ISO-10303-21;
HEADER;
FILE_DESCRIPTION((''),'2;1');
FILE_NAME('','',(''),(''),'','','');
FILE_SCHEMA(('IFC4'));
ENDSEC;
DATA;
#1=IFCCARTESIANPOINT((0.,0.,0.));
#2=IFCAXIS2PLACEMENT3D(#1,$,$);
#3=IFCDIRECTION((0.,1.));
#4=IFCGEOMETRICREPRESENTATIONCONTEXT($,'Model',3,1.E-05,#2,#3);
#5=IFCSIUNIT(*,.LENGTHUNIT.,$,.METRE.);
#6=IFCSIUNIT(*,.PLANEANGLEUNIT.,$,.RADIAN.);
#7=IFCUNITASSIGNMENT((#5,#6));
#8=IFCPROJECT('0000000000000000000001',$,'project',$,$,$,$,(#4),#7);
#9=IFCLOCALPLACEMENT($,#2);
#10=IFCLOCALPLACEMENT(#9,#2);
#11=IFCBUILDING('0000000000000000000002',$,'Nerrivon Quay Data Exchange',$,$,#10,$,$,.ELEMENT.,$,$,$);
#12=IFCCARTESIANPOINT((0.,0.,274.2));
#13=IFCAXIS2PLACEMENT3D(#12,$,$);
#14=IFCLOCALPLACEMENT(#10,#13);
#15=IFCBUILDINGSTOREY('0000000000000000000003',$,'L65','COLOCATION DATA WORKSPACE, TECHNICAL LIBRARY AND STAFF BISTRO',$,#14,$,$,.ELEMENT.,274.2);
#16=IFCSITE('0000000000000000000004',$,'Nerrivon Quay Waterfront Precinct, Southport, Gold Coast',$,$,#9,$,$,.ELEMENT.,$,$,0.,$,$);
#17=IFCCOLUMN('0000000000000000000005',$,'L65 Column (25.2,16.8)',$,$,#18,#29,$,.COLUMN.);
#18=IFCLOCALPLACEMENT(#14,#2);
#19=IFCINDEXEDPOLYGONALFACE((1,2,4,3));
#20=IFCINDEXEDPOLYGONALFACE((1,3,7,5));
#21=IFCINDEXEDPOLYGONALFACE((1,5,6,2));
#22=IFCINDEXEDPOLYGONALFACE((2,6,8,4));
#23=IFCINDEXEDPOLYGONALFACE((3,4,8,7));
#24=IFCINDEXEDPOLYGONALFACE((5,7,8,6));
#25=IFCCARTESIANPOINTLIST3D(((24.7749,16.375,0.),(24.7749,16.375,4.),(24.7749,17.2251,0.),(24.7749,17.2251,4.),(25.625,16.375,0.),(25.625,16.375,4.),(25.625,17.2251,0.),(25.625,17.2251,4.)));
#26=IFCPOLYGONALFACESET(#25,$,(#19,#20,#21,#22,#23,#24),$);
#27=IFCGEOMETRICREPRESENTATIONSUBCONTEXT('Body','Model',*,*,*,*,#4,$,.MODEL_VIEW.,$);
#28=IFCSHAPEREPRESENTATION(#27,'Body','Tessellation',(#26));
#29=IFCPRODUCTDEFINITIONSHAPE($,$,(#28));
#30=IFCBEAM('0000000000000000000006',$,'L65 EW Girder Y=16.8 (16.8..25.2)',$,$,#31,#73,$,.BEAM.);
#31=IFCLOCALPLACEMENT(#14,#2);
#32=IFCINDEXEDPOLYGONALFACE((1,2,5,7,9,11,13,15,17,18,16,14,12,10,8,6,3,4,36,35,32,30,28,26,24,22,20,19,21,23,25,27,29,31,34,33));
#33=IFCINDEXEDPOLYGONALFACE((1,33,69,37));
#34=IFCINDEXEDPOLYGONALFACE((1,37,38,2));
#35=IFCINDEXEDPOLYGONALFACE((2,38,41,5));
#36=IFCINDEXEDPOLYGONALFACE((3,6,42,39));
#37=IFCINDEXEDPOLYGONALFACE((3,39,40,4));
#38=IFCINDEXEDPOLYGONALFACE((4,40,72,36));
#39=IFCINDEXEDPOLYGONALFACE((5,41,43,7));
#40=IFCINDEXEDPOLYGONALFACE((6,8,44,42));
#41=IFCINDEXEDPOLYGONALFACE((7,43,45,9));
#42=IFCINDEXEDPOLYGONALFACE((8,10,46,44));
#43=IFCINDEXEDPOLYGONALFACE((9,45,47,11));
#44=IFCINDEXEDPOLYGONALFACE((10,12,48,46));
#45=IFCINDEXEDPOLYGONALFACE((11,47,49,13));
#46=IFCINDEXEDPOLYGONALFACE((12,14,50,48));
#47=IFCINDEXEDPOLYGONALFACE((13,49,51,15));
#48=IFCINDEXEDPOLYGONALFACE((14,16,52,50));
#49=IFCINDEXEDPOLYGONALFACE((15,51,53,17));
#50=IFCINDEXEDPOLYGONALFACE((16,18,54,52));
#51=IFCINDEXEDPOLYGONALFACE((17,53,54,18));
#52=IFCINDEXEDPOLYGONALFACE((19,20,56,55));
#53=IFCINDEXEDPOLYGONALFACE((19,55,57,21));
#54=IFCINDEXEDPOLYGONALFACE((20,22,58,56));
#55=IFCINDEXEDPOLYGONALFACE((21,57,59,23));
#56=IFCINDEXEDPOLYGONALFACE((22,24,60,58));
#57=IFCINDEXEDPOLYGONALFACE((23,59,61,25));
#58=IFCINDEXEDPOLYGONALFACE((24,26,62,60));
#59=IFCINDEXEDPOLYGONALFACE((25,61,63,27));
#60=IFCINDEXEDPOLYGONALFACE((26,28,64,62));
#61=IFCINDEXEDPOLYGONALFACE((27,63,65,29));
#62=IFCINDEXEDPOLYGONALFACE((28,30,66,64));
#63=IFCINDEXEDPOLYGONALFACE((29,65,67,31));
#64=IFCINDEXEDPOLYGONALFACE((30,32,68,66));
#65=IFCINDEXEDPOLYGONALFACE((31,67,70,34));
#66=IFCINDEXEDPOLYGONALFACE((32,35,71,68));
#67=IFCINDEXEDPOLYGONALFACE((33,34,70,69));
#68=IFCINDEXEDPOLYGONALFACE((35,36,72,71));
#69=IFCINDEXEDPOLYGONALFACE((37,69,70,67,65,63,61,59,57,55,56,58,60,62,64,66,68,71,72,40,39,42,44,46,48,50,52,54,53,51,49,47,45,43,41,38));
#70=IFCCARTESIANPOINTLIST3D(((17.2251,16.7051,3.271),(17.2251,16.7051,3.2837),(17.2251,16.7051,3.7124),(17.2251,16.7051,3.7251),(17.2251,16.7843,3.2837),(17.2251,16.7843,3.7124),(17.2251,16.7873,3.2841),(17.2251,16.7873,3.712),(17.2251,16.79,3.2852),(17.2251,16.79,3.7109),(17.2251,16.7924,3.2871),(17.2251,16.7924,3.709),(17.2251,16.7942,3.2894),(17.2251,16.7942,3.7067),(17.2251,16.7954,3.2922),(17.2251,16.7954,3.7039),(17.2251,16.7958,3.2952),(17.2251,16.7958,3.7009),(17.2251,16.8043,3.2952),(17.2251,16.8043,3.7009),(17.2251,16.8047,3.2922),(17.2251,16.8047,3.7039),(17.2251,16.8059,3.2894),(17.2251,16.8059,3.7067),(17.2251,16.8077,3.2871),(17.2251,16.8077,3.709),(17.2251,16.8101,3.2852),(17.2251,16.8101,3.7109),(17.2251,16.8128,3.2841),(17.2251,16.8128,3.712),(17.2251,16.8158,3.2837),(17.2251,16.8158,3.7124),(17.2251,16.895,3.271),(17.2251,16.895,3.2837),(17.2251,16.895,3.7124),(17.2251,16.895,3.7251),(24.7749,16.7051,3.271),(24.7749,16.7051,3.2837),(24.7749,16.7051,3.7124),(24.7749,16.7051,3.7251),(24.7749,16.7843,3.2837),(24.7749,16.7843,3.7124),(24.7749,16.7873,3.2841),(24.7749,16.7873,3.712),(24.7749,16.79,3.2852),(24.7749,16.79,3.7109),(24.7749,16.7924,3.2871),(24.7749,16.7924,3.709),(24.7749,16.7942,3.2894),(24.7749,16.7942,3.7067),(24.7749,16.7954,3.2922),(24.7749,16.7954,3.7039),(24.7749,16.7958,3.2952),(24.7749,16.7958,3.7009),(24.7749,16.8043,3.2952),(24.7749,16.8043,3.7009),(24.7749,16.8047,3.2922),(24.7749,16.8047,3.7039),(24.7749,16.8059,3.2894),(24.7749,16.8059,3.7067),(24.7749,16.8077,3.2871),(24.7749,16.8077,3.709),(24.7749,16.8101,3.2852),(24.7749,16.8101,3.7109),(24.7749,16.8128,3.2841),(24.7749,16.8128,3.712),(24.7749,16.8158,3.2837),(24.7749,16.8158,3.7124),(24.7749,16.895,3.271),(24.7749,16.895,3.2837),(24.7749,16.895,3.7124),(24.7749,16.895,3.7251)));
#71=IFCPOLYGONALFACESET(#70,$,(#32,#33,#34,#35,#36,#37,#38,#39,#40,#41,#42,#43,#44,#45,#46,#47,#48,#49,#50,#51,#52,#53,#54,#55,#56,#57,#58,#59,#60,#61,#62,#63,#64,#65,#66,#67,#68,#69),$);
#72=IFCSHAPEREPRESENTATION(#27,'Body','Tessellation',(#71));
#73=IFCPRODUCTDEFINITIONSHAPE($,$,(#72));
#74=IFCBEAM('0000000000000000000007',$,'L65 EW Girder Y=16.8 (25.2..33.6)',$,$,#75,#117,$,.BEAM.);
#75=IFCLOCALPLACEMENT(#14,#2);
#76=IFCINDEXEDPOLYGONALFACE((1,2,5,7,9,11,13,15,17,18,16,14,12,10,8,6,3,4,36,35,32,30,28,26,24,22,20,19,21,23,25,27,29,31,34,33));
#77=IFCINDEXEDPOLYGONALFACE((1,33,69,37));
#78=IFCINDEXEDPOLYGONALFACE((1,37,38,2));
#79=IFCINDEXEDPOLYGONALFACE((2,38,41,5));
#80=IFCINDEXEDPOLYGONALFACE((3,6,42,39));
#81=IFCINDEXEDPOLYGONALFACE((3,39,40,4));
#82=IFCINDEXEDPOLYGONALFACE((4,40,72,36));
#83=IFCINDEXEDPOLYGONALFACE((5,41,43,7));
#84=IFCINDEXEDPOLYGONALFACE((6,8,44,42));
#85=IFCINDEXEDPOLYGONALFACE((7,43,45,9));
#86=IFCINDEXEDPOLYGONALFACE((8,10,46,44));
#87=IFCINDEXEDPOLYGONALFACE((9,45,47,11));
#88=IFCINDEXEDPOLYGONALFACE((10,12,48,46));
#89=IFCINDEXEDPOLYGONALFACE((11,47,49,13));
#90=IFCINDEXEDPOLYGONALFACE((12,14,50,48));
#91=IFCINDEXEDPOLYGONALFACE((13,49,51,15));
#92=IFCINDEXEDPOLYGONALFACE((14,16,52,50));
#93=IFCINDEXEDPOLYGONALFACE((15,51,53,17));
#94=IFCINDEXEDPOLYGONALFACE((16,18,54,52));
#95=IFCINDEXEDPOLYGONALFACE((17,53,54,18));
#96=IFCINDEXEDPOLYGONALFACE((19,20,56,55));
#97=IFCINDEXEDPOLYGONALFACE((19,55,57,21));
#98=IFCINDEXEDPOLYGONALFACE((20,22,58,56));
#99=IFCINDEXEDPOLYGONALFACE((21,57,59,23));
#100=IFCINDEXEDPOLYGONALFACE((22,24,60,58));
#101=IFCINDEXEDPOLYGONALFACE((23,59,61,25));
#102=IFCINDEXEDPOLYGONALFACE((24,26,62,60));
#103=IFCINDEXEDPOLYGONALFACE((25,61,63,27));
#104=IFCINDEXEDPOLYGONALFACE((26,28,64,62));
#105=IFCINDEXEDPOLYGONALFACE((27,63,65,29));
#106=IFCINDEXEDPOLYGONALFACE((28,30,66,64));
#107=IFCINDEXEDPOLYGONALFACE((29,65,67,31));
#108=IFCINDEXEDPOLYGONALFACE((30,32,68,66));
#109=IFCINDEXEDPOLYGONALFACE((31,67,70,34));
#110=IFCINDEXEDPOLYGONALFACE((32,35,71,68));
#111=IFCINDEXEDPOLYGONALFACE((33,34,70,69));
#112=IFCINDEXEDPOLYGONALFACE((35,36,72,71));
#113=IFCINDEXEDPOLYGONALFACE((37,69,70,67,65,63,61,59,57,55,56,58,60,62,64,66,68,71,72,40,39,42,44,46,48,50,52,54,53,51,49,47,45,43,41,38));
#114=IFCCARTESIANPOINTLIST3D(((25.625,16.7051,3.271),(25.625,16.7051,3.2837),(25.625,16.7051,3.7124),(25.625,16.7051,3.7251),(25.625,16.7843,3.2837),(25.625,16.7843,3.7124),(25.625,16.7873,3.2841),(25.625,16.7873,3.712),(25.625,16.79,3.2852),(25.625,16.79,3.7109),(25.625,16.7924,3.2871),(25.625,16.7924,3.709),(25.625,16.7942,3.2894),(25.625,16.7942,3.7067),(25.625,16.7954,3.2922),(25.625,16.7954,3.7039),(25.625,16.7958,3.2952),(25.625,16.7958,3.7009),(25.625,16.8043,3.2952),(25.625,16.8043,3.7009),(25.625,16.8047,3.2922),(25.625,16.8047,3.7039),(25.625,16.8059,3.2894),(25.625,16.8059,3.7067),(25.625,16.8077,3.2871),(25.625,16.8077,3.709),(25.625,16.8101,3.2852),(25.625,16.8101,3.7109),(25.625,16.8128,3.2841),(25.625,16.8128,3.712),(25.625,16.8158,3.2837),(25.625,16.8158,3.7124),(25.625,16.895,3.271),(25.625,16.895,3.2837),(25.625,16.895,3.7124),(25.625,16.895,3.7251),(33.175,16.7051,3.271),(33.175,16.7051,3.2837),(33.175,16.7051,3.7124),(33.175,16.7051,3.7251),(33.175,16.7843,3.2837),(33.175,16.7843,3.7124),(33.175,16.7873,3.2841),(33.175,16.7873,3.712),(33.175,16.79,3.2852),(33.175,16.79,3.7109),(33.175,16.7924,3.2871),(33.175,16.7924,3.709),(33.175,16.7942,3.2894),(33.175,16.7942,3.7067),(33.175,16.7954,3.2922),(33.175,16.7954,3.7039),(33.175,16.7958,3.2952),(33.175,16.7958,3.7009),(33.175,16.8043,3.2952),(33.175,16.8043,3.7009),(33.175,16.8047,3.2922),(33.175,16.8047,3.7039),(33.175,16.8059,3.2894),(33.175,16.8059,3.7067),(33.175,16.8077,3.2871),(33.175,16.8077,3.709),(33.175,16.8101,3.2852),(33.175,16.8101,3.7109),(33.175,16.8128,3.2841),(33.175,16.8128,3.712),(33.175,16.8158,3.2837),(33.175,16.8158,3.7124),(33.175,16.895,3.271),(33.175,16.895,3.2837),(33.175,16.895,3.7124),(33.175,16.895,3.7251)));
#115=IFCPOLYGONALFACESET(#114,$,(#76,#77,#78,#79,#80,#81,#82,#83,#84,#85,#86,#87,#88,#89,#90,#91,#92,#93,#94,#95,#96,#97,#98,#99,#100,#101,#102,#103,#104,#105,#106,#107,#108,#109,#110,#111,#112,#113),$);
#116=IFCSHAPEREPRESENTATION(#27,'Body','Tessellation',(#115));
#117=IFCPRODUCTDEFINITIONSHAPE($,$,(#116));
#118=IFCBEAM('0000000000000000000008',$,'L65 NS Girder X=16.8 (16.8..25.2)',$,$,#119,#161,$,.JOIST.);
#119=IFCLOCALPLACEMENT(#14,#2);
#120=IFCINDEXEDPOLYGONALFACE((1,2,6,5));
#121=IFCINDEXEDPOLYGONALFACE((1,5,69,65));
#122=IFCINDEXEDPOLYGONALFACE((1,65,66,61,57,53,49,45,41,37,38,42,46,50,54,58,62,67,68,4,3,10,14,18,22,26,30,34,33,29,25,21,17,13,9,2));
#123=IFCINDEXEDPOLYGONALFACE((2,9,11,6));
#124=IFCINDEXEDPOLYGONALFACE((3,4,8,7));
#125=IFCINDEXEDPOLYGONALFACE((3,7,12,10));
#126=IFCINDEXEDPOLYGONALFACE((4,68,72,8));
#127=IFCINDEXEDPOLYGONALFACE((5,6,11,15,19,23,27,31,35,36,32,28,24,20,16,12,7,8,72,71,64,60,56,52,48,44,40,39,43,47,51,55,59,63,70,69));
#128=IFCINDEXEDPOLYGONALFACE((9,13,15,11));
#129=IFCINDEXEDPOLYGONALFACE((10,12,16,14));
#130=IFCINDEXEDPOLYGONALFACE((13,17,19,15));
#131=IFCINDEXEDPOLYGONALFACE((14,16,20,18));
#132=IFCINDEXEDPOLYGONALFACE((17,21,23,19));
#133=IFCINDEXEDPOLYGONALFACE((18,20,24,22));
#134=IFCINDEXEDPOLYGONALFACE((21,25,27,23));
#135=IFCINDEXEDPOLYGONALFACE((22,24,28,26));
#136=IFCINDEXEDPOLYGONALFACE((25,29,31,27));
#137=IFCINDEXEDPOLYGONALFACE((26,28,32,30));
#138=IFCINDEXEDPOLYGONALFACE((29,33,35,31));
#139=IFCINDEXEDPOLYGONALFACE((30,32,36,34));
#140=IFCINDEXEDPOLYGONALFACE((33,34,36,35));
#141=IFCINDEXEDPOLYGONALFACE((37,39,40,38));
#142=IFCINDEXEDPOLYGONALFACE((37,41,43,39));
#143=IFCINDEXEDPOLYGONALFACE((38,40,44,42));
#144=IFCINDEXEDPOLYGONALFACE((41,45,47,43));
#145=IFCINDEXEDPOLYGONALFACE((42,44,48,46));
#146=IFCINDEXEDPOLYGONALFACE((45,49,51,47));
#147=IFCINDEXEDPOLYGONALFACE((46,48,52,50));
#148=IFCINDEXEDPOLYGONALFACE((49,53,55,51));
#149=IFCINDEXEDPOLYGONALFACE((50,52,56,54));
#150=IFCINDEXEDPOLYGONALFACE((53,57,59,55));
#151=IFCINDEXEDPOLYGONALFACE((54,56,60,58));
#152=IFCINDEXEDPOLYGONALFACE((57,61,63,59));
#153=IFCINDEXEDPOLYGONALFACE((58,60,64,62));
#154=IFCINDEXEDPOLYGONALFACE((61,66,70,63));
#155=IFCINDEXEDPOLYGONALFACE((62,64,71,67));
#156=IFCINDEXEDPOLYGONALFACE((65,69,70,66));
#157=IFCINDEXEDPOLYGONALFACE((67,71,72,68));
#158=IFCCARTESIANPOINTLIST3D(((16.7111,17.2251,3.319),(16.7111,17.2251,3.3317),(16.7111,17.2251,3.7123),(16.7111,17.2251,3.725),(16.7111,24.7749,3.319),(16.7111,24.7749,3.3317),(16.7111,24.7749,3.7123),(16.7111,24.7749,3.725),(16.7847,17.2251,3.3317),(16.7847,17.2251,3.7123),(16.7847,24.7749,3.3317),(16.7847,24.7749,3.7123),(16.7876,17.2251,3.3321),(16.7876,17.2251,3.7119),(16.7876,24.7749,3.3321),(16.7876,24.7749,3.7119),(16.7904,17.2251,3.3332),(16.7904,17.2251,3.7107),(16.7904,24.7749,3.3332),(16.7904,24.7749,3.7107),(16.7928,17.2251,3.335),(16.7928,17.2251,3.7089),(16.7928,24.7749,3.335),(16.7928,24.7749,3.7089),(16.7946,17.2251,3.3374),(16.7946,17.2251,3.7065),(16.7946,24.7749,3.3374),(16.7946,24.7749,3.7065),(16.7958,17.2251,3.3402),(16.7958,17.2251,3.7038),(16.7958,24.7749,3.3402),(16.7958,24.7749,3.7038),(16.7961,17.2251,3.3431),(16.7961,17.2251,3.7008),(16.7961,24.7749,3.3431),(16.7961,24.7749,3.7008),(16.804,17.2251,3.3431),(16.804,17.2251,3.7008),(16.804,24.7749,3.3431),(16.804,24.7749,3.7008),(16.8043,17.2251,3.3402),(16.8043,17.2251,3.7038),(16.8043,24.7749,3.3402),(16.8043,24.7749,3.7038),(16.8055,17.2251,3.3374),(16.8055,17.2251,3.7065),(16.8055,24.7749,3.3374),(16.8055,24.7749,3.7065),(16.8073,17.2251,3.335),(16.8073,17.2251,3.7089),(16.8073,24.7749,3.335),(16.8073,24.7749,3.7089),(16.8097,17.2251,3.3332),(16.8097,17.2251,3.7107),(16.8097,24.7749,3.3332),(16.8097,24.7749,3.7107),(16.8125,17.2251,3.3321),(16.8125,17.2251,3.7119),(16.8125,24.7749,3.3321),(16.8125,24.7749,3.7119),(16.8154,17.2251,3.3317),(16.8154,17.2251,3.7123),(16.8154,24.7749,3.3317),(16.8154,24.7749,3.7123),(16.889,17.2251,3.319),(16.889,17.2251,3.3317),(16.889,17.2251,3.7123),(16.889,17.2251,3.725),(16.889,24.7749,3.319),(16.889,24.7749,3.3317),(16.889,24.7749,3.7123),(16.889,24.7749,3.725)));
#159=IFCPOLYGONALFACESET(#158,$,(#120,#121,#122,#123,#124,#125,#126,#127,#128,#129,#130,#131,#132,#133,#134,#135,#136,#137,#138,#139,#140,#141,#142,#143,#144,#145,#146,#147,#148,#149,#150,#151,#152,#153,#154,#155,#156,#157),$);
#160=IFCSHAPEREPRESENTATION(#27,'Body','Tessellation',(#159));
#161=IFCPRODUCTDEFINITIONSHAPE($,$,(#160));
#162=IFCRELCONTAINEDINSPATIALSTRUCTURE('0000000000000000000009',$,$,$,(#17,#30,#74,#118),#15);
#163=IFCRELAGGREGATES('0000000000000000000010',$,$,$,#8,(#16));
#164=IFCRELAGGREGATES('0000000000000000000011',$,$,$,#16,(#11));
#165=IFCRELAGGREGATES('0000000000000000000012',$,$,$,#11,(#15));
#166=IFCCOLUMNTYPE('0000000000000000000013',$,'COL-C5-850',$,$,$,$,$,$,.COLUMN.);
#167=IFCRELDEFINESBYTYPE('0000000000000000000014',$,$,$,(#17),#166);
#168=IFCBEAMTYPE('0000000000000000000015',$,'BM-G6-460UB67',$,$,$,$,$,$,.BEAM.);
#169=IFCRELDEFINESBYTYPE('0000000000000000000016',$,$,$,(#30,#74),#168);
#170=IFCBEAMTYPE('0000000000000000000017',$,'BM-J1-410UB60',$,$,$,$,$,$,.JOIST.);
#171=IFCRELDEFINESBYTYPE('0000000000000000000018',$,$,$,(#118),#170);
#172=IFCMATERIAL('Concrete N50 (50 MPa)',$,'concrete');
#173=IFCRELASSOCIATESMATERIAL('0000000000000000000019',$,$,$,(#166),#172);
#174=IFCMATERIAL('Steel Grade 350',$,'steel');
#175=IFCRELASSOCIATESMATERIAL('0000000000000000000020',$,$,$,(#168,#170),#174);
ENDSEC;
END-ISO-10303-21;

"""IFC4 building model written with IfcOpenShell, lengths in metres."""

from ifc_helpers import new_model, si_unit, direction, frame, origin, origin_2d, place, context, subcontext, project, spatial, rectangle, i_section, extrude, material, material_profile, profile_set, type_object, element, save


model = new_model("IFC4")

# Units and contexts
model_context = context("Model", 3, precision=1e-05, world=origin(), true_north=direction((0.0, 1.0)))
body_context = subcontext(model_context, "Body", "Model", "MODEL_VIEW")
ifc_project = project(units=[si_unit("LENGTHUNIT", "METRE"), si_unit("PLANEANGLEUNIT", "RADIAN")], contexts=[model_context])

# Site, building, storey
site_placement = place(None, origin())
site = spatial("IfcSite", under=ifc_project, at=site_placement, Name="Nerrivon Quay Waterfront Precinct, Southport, Gold Coast", CompositionType="ELEMENT", RefElevation=0.0)
building_placement = place(site_placement, origin())
building = spatial("IfcBuilding", under=site, at=building_placement, Name="Nerrivon Quay Data Exchange", CompositionType="ELEMENT")
storey_placement = place(building_placement, frame((0.0, 0.0, 274.2)))
storey = spatial("IfcBuildingStorey", under=building, at=storey_placement, Name="L65", Description="COLOCATION DATA WORKSPACE, TECHNICAL LIBRARY AND STAFF BISTRO", CompositionType="ELEMENT", Elevation=274.2)

# Column
ifc_material_1 = material(Name="Concrete N50 (50 MPa)", Category="concrete")
ifc_material_profile_1 = material_profile(ifc_material_1, rectangle(XDim=0.8501, YDim=0.8501, at=origin_2d()), Name="RC-COL-850x850")
ifc_profile_set_1 = profile_set([ifc_material_profile_1], Name="Concrete N50 (50 MPa)")
column_type = type_object("IfcColumnType", Name="COL-C5-850", PredefinedType="COLUMN", material=ifc_profile_set_1)
column_placement = place(storey_placement, frame((25.2, 16.8, 0.0), z_axis=(0.0, 0.0, 1.0), x_axis=(1.0, 0.0, 0.0)))
element("IfcColumn", 1, at=column_placement, inside=storey, type_object=column_type, Name="L65 Column (25.2,16.8)", PredefinedType="COLUMN", context=body_context, shape_type="SweptSolid", body=[
    extrude(rectangle(XDim=0.8501, YDim=0.8501, at=origin_2d()), origin(), (0.0, 0.0, 1.0), 4.0),
])

# Beams
ifc_material_2 = material(Name="Steel Grade 350", Category="steel")
ifc_material_profile_2 = material_profile(ifc_material_2, i_section(OverallWidth=0.1899, OverallDepth=0.4541, WebThickness=0.0085, FlangeThickness=0.0127, FilletRadius=0.0115, at=origin_2d()), Name="460UB67.1")
ifc_profile_set_2 = profile_set([ifc_material_profile_2], Name="Steel Grade 350")
beam_type_1 = type_object("IfcBeamType", Name="BM-G6-460UB67", PredefinedType="BEAM", material=ifc_profile_set_2)
beam_1_placement = place(storey_placement, frame((17.2251, 16.8, 3.498), z_axis=(1.0, 0.0, 0.0), x_axis=(0.0, 1.0, 0.0)))
element("IfcBeam", 2, at=beam_1_placement, inside=storey, type_object=beam_type_1, Name="L65 EW Girder Y=16.8 (16.8..25.2)", PredefinedType="BEAM", context=body_context, shape_type="SweptSolid", body=[
    extrude(i_section(OverallWidth=0.1899, OverallDepth=0.4541, WebThickness=0.0085, FlangeThickness=0.0127, FilletRadius=0.0115, at=origin_2d()), origin(), (0.0, 0.0, 1.0), 7.5498),
])
beam_2_placement = place(storey_placement, frame((25.625, 16.8, 3.498), z_axis=(1.0, 0.0, 0.0), x_axis=(0.0, 1.0, 0.0)))
element("IfcBeam", 3, at=beam_2_placement, inside=storey, type_object=beam_type_1, Name="L65 EW Girder Y=16.8 (25.2..33.6)", PredefinedType="BEAM", context=body_context, shape_type="SweptSolid", body=[
    extrude(i_section(OverallWidth=0.1899, OverallDepth=0.4541, WebThickness=0.0085, FlangeThickness=0.0127, FilletRadius=0.0115, at=origin_2d()), origin(), (0.0, 0.0, 1.0), 7.55),
])
ifc_material_profile_3 = material_profile(ifc_material_2, i_section(OverallWidth=0.178, OverallDepth=0.406, WebThickness=0.0078, FlangeThickness=0.0127, FilletRadius=0.0115, at=origin_2d()), Name="410UB59.7")
ifc_profile_set_3 = profile_set([ifc_material_profile_3], Name="Steel Grade 350")
beam_type_2 = type_object("IfcBeamType", Name="BM-J1-410UB60", PredefinedType="JOIST", material=ifc_profile_set_3)
beam_3_placement = place(storey_placement, frame((16.8, 17.2251, 3.522), z_axis=(0.0, 1.0, 0.0), x_axis=(-1.0, 0.0, 0.0)))
element("IfcBeam", 4, at=beam_3_placement, inside=storey, type_object=beam_type_2, Name="L65 NS Girder X=16.8 (16.8..25.2)", PredefinedType="JOIST", context=body_context, shape_type="SweptSolid", body=[
    extrude(i_section(OverallWidth=0.178, OverallDepth=0.406, WebThickness=0.0078, FlangeThickness=0.0127, FilletRadius=0.0115, at=origin_2d()), origin(), (0.0, 0.0, 1.0), 7.5498),
])

save(model, "model.ifc")
